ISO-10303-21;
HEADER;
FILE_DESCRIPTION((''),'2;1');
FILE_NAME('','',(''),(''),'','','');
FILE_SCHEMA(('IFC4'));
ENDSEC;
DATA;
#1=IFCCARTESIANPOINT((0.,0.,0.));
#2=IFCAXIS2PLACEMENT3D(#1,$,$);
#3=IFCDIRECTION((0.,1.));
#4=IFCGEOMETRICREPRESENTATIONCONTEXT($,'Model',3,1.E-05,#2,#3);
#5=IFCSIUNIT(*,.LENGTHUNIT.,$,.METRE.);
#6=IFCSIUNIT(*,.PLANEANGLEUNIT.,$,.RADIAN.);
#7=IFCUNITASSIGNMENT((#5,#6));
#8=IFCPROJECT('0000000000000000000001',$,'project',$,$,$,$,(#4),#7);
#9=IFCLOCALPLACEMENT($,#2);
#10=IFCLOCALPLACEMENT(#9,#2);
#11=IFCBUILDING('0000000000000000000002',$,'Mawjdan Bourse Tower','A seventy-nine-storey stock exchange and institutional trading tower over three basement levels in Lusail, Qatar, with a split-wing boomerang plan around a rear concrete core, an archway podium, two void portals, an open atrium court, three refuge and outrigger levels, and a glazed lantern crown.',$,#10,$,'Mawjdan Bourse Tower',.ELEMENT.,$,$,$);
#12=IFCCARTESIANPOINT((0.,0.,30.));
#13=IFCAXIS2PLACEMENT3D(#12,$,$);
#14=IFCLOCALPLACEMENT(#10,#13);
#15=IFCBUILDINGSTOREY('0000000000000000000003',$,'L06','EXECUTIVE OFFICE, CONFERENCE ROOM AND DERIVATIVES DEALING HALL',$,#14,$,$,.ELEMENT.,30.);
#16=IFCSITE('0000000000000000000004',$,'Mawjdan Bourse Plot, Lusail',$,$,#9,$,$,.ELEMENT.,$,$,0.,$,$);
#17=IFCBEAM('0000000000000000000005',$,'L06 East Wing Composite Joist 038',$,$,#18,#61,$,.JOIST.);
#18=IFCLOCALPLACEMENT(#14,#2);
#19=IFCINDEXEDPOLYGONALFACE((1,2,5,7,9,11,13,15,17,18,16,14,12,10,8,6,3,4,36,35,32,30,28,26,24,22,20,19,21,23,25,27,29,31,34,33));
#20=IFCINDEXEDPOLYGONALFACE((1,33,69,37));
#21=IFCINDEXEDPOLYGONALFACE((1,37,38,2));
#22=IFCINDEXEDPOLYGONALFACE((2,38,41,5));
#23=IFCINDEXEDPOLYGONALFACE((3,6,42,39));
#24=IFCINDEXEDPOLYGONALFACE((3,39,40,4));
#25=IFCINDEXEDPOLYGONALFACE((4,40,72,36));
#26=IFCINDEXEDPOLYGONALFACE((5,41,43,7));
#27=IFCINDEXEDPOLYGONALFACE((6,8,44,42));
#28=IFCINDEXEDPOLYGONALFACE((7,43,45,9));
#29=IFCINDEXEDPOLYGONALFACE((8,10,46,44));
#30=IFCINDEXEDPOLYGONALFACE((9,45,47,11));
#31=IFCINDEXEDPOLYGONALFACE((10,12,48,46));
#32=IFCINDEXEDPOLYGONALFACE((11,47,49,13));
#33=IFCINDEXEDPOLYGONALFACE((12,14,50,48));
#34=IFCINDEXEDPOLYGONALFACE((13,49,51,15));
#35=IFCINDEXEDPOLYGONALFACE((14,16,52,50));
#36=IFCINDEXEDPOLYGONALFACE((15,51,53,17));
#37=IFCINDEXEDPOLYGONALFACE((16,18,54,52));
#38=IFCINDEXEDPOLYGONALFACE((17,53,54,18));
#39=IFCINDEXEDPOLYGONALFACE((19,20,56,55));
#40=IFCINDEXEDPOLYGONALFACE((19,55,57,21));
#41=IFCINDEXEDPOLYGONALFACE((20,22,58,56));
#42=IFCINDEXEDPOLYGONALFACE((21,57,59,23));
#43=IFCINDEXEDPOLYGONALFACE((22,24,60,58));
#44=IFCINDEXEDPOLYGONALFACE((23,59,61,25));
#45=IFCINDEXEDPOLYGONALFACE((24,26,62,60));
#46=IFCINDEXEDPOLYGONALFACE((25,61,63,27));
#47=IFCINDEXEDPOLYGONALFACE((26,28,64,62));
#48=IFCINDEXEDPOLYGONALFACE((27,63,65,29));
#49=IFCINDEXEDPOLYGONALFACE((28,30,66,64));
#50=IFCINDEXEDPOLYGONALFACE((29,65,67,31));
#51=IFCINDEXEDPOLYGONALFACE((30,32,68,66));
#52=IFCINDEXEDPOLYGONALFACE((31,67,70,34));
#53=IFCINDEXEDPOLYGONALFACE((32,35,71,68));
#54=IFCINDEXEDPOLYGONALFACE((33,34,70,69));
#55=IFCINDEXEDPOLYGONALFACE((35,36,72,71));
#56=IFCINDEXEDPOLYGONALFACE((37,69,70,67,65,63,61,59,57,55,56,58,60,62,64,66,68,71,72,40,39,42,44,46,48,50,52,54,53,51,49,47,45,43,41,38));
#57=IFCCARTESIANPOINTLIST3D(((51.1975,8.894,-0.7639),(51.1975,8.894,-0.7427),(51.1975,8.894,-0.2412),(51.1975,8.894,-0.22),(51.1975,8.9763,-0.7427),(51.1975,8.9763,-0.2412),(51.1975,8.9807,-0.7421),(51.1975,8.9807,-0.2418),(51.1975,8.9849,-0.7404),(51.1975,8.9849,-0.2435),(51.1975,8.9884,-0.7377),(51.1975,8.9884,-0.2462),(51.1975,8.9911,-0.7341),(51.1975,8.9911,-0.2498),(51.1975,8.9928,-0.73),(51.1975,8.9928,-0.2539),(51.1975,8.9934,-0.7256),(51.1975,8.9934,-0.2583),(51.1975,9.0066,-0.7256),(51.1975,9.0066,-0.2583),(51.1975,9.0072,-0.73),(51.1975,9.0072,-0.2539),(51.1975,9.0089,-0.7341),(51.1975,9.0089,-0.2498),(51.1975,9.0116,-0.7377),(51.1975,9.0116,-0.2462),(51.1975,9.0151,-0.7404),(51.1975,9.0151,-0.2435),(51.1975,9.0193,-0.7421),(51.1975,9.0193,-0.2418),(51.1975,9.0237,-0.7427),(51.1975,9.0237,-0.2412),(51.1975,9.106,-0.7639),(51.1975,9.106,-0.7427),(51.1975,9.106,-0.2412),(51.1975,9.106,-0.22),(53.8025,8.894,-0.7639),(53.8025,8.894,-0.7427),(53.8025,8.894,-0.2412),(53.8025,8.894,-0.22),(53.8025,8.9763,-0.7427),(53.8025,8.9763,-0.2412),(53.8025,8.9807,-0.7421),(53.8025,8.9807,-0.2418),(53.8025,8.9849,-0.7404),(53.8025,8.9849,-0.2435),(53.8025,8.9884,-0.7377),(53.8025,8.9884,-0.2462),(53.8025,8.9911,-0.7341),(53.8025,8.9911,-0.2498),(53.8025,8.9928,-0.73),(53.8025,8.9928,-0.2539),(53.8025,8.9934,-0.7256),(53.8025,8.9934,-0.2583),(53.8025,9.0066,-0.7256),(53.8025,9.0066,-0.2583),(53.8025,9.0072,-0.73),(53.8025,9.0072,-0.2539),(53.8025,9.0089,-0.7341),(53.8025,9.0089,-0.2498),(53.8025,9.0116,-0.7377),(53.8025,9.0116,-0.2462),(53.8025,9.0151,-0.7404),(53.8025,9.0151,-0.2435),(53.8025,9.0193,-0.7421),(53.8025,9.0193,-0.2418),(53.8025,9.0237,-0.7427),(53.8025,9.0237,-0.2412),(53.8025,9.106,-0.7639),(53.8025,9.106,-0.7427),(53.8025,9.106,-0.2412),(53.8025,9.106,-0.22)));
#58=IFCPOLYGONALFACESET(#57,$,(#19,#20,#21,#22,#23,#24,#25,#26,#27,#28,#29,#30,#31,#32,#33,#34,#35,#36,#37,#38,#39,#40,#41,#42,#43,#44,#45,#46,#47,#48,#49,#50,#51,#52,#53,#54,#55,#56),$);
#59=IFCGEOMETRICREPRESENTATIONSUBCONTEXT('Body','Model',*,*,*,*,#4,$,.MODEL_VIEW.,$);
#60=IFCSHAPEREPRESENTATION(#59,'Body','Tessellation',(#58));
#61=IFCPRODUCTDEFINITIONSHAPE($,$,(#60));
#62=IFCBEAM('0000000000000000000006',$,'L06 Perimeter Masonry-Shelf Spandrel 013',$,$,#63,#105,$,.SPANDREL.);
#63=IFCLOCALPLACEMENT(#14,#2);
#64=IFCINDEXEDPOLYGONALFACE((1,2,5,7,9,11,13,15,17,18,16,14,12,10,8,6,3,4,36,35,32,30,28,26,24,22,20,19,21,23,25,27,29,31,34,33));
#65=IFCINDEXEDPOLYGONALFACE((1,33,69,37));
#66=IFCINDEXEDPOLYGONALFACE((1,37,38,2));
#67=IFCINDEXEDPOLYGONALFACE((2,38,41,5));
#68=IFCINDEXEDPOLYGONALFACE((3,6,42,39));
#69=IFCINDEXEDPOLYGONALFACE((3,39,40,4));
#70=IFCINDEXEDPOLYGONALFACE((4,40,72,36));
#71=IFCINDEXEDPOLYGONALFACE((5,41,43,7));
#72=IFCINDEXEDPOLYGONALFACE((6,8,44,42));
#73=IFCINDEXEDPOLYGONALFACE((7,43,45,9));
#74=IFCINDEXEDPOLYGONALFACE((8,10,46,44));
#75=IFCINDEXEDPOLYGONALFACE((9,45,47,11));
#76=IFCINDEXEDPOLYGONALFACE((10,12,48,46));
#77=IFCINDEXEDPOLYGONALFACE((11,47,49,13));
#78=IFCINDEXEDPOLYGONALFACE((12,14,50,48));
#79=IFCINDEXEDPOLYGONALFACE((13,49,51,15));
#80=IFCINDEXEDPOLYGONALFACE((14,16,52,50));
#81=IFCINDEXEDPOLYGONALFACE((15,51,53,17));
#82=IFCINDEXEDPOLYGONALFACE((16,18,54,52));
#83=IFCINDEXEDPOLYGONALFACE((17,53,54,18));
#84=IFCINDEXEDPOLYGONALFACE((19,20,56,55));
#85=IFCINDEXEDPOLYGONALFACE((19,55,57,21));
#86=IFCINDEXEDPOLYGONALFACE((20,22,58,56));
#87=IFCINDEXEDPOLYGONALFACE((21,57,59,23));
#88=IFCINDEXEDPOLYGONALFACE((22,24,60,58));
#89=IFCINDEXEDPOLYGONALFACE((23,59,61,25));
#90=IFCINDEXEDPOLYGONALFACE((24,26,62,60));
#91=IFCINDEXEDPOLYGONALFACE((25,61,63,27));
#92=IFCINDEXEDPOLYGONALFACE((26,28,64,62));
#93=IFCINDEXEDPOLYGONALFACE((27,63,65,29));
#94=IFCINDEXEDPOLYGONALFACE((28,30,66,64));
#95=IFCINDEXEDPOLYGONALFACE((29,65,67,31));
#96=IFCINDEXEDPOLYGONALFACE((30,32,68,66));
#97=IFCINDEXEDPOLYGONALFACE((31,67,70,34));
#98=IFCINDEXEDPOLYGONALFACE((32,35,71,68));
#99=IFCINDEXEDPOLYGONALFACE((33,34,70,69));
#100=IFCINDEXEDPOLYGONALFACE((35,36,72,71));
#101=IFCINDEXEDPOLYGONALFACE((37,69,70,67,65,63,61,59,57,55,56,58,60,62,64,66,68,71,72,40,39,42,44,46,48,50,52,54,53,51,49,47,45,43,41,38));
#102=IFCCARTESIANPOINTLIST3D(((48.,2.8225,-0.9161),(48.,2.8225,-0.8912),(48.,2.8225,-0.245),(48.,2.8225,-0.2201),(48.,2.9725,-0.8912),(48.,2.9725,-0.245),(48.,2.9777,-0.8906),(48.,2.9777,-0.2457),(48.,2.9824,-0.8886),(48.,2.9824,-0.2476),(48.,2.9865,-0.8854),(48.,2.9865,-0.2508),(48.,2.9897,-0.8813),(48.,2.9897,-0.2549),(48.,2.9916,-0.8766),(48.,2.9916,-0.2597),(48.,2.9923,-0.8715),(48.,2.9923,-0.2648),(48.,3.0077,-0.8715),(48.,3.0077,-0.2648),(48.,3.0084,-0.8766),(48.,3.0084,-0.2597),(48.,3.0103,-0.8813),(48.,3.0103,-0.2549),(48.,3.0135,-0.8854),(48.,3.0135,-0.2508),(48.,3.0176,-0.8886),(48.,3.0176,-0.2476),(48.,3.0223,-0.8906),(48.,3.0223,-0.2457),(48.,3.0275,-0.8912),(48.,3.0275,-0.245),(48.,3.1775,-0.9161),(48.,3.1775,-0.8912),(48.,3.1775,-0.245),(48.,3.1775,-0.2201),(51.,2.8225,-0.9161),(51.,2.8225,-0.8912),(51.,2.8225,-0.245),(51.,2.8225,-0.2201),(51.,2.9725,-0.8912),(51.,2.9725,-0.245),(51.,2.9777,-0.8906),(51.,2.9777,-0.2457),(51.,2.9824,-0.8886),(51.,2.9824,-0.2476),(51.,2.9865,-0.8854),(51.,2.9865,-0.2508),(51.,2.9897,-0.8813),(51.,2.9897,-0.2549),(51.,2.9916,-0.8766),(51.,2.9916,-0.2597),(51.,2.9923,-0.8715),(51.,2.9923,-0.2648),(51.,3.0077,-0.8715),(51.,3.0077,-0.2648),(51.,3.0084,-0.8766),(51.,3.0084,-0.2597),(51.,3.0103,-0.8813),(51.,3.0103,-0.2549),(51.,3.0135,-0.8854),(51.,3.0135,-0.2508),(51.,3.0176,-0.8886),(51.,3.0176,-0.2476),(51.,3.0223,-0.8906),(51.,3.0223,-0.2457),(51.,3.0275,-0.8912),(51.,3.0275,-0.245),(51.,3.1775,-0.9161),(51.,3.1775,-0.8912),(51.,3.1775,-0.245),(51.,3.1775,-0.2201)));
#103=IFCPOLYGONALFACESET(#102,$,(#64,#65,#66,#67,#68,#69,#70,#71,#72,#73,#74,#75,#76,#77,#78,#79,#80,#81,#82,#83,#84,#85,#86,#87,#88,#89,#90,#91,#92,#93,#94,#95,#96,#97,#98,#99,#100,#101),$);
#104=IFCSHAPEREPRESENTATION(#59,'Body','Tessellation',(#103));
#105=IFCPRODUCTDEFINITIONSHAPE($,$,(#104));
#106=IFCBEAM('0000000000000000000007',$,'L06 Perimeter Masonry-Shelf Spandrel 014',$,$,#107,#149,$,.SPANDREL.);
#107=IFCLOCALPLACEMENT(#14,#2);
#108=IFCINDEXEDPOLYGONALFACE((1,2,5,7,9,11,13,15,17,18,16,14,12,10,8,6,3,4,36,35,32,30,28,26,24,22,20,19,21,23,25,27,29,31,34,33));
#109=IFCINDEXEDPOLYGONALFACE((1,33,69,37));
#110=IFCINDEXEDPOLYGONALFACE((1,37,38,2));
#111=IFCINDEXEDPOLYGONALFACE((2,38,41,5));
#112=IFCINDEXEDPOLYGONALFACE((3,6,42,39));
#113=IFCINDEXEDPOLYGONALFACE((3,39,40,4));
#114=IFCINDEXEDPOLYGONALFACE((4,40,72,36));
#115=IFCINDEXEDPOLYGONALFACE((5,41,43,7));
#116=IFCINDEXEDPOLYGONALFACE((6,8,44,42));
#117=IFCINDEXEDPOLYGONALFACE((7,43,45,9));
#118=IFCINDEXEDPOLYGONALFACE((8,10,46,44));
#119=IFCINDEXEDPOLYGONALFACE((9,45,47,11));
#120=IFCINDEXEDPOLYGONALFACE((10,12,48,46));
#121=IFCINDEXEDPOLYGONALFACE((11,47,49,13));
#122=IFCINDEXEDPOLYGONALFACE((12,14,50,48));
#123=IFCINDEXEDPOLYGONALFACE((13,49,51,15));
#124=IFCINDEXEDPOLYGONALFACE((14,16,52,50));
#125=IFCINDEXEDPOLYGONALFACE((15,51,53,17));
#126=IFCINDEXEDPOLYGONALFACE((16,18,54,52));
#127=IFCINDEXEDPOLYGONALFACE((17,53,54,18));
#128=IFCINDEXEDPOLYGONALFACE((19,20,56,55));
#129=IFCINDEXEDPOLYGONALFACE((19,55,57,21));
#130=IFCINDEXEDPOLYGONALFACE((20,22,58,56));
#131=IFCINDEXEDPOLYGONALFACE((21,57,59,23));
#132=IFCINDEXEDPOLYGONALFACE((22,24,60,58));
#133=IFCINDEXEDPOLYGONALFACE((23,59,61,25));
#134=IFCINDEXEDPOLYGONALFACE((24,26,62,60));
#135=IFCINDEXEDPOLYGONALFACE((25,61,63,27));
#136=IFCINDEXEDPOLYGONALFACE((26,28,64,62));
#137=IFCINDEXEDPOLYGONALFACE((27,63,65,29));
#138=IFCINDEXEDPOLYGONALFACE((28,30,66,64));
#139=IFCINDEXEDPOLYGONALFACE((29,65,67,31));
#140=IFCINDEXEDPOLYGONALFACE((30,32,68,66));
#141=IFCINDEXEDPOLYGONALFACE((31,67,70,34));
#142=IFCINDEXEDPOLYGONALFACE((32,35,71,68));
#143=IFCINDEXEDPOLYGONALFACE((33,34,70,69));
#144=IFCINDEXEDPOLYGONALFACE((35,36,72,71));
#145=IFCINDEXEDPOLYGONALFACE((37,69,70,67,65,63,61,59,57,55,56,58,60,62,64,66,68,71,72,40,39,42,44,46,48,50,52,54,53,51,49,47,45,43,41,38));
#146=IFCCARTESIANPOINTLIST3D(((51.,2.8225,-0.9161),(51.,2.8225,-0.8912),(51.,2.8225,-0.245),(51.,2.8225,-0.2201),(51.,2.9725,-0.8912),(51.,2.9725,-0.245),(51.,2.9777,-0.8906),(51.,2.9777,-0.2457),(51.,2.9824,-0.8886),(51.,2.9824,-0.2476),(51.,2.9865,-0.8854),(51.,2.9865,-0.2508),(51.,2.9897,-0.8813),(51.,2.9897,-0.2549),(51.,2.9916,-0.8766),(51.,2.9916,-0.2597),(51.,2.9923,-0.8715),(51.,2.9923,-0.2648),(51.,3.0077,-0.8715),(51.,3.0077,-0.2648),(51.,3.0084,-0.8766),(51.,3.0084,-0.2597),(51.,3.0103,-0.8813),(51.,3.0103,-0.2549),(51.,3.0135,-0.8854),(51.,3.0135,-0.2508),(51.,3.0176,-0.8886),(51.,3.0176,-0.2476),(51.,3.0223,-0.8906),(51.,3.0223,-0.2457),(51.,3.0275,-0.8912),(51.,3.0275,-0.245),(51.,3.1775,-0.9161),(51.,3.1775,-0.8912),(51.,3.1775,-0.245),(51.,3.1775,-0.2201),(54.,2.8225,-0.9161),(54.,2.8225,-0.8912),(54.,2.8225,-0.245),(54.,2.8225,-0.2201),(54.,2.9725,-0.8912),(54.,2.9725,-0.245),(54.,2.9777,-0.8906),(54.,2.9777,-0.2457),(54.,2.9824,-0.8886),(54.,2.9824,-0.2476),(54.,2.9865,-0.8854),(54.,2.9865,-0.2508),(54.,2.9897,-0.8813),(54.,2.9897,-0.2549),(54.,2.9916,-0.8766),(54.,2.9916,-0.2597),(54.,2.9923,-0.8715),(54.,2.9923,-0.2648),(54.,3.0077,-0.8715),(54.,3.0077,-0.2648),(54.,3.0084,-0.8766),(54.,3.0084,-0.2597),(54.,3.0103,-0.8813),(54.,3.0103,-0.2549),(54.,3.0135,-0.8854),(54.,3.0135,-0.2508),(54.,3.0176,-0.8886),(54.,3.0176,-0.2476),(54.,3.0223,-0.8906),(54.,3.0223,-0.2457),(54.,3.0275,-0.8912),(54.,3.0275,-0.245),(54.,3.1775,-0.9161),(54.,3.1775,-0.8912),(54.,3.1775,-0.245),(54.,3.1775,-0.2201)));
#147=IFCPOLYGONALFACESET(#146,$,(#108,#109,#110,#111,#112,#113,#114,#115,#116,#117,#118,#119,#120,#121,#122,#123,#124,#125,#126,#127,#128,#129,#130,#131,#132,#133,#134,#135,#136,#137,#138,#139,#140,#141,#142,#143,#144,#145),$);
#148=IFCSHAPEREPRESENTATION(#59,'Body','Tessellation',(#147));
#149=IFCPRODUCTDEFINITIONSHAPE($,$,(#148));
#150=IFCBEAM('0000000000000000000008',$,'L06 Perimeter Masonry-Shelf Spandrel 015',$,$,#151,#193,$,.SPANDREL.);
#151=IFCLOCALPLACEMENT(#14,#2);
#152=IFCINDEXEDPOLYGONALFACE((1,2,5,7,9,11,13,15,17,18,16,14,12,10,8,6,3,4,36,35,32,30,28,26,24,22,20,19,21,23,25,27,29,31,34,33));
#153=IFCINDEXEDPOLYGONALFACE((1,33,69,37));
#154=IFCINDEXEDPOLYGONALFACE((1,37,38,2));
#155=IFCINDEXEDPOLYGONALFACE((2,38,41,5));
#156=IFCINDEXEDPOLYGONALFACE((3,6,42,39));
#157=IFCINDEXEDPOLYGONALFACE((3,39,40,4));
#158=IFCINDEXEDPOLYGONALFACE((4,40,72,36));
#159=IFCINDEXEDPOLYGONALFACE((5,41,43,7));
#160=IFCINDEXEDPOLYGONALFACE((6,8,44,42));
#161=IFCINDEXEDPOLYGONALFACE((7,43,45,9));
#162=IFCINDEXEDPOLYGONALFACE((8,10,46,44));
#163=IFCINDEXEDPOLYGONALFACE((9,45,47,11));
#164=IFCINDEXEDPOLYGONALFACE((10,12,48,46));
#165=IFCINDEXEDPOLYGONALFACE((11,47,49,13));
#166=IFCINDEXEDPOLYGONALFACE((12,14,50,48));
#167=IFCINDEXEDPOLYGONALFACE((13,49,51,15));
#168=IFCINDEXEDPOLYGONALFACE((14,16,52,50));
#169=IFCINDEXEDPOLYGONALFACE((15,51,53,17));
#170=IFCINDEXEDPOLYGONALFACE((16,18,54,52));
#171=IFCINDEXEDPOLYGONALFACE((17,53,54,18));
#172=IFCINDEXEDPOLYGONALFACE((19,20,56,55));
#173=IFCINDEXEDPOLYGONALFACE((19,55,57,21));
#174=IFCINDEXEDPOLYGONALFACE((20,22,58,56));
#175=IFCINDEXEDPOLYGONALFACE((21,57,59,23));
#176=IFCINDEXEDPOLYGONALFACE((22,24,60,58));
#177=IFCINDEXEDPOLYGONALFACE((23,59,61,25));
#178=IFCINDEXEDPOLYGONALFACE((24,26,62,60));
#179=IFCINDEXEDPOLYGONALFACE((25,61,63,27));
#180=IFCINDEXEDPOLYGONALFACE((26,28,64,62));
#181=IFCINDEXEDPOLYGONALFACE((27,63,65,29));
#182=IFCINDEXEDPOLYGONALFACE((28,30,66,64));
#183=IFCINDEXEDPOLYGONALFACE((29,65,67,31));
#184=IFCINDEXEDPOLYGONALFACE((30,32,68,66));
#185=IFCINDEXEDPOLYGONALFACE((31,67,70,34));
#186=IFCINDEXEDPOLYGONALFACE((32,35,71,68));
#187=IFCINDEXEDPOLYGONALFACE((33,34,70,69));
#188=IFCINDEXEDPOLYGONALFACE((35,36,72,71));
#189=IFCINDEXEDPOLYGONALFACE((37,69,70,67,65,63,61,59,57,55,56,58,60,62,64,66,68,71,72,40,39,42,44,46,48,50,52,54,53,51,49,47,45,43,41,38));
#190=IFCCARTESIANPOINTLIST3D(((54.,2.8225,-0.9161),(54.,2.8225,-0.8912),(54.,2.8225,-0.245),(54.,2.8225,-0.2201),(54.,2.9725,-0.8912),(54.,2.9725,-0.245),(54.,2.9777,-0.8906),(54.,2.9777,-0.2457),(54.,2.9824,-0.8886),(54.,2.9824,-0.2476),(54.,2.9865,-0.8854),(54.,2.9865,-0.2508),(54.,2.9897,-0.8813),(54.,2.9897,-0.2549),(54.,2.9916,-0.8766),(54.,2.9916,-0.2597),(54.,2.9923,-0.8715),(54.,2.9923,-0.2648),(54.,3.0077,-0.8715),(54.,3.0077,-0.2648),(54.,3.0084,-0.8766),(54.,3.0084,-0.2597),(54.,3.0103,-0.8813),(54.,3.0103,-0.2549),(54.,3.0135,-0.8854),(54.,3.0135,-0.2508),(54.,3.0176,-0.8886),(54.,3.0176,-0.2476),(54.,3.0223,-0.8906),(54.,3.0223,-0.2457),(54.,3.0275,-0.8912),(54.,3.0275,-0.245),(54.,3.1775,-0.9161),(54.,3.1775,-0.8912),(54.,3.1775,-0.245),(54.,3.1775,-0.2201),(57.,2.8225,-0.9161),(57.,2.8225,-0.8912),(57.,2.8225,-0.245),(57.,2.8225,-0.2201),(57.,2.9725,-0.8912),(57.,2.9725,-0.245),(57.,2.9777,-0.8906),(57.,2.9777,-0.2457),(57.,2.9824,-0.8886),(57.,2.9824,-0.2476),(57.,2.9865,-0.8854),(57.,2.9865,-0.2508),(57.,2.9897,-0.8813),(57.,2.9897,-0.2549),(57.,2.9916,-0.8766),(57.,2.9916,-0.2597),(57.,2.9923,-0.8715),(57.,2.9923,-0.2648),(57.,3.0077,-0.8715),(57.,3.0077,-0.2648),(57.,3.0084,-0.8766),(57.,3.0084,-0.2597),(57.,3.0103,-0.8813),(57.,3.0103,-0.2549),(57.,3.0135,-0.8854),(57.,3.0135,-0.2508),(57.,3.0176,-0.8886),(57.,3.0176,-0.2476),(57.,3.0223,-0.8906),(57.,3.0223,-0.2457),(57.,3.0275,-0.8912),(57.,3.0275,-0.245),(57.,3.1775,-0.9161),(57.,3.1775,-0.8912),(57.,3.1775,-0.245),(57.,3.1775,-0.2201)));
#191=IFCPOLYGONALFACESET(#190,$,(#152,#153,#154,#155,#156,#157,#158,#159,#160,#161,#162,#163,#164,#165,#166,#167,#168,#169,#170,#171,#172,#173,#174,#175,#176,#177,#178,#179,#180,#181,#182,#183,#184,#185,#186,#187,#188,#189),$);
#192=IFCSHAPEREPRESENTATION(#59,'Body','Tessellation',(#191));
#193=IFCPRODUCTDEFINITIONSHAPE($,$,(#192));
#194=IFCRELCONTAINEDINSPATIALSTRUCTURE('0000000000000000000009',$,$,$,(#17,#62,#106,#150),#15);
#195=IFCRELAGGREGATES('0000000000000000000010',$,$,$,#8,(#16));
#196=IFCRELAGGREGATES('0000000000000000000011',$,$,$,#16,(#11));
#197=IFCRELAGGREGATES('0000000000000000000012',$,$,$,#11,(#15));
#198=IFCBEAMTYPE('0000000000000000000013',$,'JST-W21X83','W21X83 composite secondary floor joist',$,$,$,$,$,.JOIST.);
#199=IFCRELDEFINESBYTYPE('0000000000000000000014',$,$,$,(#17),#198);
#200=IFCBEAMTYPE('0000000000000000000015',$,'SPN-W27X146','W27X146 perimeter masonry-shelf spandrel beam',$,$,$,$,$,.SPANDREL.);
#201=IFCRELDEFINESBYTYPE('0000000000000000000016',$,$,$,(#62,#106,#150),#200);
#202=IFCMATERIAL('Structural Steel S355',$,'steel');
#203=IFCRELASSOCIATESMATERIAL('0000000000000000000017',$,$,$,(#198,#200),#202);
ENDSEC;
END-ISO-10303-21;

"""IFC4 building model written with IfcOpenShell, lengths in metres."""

from ifc_helpers import new_model, si_unit, direction, frame, origin, origin_2d, place, context, subcontext, project, spatial, i_section, extrude, material, material_profile, profile_set, type_object, element, save


model = new_model("IFC4")

# Units and contexts
model_context = context("Model", 3, precision=1e-05, world=origin(), true_north=direction((0.0, 1.0)))
body_context = subcontext(model_context, "Body", "Model", "MODEL_VIEW")
ifc_project = project(units=[si_unit("LENGTHUNIT", "METRE"), si_unit("PLANEANGLEUNIT", "RADIAN")], contexts=[model_context])

# Site, building, storey
site_placement = place(None, origin())
site = spatial("IfcSite", under=ifc_project, at=site_placement, Name="Mawjdan Bourse Plot, Lusail", CompositionType="ELEMENT", RefElevation=0.0)
building_placement = place(site_placement, origin())
building = spatial("IfcBuilding", under=site, at=building_placement, Name="Mawjdan Bourse Tower", Description="A seventy-nine-storey stock exchange and institutional trading tower over three basement levels in Lusail, Qatar, with a split-wing boomerang plan around a rear concrete core, an archway podium, two void portals, an open atrium court, three refuge and outrigger levels, and a glazed lantern crown.", LongName="Mawjdan Bourse Tower", CompositionType="ELEMENT")
storey_placement = place(building_placement, frame((0.0, 0.0, 30.0)))
storey = spatial("IfcBuildingStorey", under=building, at=storey_placement, Name="L06", Description="EXECUTIVE OFFICE, CONFERENCE ROOM AND DERIVATIVES DEALING HALL", CompositionType="ELEMENT", Elevation=30.0)

# Beams
ifc_material_1 = material(Name="Structural Steel S355", Category="steel")
ifc_material_profile_1 = material_profile(ifc_material_1, i_section(OverallWidth=0.2119, OverallDepth=0.5439, WebThickness=0.0132, FlangeThickness=0.0212, FilletRadius=0.0171, at=origin_2d()), Name="W21X83")
ifc_profile_set_1 = profile_set([ifc_material_profile_1], Name="Structural Steel S355")
beam_type_1 = type_object("IfcBeamType", Name="JST-W21X83", Description="W21X83 composite secondary floor joist", PredefinedType="JOIST", material=ifc_profile_set_1)
for number, where, z_axis, x_axis, name in (
    (1, (51.1975, 9.0, -0.4919), (1.0, 0.0, 0.0), (0.0, 1.0, 0.0), "L06 East Wing Composite Joist 038"),
):
    element("IfcBeam", number, at=place(storey_placement, frame(where, z_axis=z_axis, x_axis=x_axis)), inside=storey, type_object=beam_type_1, Name=name, PredefinedType="JOIST", context=body_context, shape_type="SweptSolid", body=[
        extrude(i_section(OverallWidth=0.2119, OverallDepth=0.5439, WebThickness=0.0132, FlangeThickness=0.0212, FilletRadius=0.0171, at=origin_2d()), origin(), (0.0, 0.0, 1.0), 2.605),
    ])
ifc_material_profile_2 = material_profile(ifc_material_1, i_section(OverallWidth=0.355, OverallDepth=0.696, WebThickness=0.0154, FlangeThickness=0.0249, FilletRadius=0.0198, at=origin_2d()), Name="W27X146")
ifc_profile_set_2 = profile_set([ifc_material_profile_2], Name="Structural Steel S355")
beam_type_2 = type_object("IfcBeamType", Name="SPN-W27X146", Description="W27X146 perimeter masonry-shelf spandrel beam", PredefinedType="SPANDREL", material=ifc_profile_set_2)
for number, where, z_axis, x_axis, name in (
    (2, (48.0, 3.0, -0.5681), (1.0, 0.0, 0.0), (0.0, 1.0, 0.0), "L06 Perimeter Masonry-Shelf Spandrel 013"),
    (3, (51.0, 3.0, -0.5681), (1.0, 0.0, 0.0), (0.0, 1.0, 0.0), "L06 Perimeter Masonry-Shelf Spandrel 014"),
    (4, (54.0, 3.0, -0.5681), (1.0, 0.0, 0.0), (0.0, 1.0, 0.0), "L06 Perimeter Masonry-Shelf Spandrel 015"),
):
    element("IfcBeam", number, at=place(storey_placement, frame(where, z_axis=z_axis, x_axis=x_axis)), inside=storey, type_object=beam_type_2, Name=name, PredefinedType="SPANDREL", context=body_context, shape_type="SweptSolid", body=[
        extrude(i_section(OverallWidth=0.355, OverallDepth=0.696, WebThickness=0.0154, FlangeThickness=0.0249, FilletRadius=0.0198, at=origin_2d()), origin(), (0.0, 0.0, 1.0), 3.0),
    ])

save(model, "model.ifc")
